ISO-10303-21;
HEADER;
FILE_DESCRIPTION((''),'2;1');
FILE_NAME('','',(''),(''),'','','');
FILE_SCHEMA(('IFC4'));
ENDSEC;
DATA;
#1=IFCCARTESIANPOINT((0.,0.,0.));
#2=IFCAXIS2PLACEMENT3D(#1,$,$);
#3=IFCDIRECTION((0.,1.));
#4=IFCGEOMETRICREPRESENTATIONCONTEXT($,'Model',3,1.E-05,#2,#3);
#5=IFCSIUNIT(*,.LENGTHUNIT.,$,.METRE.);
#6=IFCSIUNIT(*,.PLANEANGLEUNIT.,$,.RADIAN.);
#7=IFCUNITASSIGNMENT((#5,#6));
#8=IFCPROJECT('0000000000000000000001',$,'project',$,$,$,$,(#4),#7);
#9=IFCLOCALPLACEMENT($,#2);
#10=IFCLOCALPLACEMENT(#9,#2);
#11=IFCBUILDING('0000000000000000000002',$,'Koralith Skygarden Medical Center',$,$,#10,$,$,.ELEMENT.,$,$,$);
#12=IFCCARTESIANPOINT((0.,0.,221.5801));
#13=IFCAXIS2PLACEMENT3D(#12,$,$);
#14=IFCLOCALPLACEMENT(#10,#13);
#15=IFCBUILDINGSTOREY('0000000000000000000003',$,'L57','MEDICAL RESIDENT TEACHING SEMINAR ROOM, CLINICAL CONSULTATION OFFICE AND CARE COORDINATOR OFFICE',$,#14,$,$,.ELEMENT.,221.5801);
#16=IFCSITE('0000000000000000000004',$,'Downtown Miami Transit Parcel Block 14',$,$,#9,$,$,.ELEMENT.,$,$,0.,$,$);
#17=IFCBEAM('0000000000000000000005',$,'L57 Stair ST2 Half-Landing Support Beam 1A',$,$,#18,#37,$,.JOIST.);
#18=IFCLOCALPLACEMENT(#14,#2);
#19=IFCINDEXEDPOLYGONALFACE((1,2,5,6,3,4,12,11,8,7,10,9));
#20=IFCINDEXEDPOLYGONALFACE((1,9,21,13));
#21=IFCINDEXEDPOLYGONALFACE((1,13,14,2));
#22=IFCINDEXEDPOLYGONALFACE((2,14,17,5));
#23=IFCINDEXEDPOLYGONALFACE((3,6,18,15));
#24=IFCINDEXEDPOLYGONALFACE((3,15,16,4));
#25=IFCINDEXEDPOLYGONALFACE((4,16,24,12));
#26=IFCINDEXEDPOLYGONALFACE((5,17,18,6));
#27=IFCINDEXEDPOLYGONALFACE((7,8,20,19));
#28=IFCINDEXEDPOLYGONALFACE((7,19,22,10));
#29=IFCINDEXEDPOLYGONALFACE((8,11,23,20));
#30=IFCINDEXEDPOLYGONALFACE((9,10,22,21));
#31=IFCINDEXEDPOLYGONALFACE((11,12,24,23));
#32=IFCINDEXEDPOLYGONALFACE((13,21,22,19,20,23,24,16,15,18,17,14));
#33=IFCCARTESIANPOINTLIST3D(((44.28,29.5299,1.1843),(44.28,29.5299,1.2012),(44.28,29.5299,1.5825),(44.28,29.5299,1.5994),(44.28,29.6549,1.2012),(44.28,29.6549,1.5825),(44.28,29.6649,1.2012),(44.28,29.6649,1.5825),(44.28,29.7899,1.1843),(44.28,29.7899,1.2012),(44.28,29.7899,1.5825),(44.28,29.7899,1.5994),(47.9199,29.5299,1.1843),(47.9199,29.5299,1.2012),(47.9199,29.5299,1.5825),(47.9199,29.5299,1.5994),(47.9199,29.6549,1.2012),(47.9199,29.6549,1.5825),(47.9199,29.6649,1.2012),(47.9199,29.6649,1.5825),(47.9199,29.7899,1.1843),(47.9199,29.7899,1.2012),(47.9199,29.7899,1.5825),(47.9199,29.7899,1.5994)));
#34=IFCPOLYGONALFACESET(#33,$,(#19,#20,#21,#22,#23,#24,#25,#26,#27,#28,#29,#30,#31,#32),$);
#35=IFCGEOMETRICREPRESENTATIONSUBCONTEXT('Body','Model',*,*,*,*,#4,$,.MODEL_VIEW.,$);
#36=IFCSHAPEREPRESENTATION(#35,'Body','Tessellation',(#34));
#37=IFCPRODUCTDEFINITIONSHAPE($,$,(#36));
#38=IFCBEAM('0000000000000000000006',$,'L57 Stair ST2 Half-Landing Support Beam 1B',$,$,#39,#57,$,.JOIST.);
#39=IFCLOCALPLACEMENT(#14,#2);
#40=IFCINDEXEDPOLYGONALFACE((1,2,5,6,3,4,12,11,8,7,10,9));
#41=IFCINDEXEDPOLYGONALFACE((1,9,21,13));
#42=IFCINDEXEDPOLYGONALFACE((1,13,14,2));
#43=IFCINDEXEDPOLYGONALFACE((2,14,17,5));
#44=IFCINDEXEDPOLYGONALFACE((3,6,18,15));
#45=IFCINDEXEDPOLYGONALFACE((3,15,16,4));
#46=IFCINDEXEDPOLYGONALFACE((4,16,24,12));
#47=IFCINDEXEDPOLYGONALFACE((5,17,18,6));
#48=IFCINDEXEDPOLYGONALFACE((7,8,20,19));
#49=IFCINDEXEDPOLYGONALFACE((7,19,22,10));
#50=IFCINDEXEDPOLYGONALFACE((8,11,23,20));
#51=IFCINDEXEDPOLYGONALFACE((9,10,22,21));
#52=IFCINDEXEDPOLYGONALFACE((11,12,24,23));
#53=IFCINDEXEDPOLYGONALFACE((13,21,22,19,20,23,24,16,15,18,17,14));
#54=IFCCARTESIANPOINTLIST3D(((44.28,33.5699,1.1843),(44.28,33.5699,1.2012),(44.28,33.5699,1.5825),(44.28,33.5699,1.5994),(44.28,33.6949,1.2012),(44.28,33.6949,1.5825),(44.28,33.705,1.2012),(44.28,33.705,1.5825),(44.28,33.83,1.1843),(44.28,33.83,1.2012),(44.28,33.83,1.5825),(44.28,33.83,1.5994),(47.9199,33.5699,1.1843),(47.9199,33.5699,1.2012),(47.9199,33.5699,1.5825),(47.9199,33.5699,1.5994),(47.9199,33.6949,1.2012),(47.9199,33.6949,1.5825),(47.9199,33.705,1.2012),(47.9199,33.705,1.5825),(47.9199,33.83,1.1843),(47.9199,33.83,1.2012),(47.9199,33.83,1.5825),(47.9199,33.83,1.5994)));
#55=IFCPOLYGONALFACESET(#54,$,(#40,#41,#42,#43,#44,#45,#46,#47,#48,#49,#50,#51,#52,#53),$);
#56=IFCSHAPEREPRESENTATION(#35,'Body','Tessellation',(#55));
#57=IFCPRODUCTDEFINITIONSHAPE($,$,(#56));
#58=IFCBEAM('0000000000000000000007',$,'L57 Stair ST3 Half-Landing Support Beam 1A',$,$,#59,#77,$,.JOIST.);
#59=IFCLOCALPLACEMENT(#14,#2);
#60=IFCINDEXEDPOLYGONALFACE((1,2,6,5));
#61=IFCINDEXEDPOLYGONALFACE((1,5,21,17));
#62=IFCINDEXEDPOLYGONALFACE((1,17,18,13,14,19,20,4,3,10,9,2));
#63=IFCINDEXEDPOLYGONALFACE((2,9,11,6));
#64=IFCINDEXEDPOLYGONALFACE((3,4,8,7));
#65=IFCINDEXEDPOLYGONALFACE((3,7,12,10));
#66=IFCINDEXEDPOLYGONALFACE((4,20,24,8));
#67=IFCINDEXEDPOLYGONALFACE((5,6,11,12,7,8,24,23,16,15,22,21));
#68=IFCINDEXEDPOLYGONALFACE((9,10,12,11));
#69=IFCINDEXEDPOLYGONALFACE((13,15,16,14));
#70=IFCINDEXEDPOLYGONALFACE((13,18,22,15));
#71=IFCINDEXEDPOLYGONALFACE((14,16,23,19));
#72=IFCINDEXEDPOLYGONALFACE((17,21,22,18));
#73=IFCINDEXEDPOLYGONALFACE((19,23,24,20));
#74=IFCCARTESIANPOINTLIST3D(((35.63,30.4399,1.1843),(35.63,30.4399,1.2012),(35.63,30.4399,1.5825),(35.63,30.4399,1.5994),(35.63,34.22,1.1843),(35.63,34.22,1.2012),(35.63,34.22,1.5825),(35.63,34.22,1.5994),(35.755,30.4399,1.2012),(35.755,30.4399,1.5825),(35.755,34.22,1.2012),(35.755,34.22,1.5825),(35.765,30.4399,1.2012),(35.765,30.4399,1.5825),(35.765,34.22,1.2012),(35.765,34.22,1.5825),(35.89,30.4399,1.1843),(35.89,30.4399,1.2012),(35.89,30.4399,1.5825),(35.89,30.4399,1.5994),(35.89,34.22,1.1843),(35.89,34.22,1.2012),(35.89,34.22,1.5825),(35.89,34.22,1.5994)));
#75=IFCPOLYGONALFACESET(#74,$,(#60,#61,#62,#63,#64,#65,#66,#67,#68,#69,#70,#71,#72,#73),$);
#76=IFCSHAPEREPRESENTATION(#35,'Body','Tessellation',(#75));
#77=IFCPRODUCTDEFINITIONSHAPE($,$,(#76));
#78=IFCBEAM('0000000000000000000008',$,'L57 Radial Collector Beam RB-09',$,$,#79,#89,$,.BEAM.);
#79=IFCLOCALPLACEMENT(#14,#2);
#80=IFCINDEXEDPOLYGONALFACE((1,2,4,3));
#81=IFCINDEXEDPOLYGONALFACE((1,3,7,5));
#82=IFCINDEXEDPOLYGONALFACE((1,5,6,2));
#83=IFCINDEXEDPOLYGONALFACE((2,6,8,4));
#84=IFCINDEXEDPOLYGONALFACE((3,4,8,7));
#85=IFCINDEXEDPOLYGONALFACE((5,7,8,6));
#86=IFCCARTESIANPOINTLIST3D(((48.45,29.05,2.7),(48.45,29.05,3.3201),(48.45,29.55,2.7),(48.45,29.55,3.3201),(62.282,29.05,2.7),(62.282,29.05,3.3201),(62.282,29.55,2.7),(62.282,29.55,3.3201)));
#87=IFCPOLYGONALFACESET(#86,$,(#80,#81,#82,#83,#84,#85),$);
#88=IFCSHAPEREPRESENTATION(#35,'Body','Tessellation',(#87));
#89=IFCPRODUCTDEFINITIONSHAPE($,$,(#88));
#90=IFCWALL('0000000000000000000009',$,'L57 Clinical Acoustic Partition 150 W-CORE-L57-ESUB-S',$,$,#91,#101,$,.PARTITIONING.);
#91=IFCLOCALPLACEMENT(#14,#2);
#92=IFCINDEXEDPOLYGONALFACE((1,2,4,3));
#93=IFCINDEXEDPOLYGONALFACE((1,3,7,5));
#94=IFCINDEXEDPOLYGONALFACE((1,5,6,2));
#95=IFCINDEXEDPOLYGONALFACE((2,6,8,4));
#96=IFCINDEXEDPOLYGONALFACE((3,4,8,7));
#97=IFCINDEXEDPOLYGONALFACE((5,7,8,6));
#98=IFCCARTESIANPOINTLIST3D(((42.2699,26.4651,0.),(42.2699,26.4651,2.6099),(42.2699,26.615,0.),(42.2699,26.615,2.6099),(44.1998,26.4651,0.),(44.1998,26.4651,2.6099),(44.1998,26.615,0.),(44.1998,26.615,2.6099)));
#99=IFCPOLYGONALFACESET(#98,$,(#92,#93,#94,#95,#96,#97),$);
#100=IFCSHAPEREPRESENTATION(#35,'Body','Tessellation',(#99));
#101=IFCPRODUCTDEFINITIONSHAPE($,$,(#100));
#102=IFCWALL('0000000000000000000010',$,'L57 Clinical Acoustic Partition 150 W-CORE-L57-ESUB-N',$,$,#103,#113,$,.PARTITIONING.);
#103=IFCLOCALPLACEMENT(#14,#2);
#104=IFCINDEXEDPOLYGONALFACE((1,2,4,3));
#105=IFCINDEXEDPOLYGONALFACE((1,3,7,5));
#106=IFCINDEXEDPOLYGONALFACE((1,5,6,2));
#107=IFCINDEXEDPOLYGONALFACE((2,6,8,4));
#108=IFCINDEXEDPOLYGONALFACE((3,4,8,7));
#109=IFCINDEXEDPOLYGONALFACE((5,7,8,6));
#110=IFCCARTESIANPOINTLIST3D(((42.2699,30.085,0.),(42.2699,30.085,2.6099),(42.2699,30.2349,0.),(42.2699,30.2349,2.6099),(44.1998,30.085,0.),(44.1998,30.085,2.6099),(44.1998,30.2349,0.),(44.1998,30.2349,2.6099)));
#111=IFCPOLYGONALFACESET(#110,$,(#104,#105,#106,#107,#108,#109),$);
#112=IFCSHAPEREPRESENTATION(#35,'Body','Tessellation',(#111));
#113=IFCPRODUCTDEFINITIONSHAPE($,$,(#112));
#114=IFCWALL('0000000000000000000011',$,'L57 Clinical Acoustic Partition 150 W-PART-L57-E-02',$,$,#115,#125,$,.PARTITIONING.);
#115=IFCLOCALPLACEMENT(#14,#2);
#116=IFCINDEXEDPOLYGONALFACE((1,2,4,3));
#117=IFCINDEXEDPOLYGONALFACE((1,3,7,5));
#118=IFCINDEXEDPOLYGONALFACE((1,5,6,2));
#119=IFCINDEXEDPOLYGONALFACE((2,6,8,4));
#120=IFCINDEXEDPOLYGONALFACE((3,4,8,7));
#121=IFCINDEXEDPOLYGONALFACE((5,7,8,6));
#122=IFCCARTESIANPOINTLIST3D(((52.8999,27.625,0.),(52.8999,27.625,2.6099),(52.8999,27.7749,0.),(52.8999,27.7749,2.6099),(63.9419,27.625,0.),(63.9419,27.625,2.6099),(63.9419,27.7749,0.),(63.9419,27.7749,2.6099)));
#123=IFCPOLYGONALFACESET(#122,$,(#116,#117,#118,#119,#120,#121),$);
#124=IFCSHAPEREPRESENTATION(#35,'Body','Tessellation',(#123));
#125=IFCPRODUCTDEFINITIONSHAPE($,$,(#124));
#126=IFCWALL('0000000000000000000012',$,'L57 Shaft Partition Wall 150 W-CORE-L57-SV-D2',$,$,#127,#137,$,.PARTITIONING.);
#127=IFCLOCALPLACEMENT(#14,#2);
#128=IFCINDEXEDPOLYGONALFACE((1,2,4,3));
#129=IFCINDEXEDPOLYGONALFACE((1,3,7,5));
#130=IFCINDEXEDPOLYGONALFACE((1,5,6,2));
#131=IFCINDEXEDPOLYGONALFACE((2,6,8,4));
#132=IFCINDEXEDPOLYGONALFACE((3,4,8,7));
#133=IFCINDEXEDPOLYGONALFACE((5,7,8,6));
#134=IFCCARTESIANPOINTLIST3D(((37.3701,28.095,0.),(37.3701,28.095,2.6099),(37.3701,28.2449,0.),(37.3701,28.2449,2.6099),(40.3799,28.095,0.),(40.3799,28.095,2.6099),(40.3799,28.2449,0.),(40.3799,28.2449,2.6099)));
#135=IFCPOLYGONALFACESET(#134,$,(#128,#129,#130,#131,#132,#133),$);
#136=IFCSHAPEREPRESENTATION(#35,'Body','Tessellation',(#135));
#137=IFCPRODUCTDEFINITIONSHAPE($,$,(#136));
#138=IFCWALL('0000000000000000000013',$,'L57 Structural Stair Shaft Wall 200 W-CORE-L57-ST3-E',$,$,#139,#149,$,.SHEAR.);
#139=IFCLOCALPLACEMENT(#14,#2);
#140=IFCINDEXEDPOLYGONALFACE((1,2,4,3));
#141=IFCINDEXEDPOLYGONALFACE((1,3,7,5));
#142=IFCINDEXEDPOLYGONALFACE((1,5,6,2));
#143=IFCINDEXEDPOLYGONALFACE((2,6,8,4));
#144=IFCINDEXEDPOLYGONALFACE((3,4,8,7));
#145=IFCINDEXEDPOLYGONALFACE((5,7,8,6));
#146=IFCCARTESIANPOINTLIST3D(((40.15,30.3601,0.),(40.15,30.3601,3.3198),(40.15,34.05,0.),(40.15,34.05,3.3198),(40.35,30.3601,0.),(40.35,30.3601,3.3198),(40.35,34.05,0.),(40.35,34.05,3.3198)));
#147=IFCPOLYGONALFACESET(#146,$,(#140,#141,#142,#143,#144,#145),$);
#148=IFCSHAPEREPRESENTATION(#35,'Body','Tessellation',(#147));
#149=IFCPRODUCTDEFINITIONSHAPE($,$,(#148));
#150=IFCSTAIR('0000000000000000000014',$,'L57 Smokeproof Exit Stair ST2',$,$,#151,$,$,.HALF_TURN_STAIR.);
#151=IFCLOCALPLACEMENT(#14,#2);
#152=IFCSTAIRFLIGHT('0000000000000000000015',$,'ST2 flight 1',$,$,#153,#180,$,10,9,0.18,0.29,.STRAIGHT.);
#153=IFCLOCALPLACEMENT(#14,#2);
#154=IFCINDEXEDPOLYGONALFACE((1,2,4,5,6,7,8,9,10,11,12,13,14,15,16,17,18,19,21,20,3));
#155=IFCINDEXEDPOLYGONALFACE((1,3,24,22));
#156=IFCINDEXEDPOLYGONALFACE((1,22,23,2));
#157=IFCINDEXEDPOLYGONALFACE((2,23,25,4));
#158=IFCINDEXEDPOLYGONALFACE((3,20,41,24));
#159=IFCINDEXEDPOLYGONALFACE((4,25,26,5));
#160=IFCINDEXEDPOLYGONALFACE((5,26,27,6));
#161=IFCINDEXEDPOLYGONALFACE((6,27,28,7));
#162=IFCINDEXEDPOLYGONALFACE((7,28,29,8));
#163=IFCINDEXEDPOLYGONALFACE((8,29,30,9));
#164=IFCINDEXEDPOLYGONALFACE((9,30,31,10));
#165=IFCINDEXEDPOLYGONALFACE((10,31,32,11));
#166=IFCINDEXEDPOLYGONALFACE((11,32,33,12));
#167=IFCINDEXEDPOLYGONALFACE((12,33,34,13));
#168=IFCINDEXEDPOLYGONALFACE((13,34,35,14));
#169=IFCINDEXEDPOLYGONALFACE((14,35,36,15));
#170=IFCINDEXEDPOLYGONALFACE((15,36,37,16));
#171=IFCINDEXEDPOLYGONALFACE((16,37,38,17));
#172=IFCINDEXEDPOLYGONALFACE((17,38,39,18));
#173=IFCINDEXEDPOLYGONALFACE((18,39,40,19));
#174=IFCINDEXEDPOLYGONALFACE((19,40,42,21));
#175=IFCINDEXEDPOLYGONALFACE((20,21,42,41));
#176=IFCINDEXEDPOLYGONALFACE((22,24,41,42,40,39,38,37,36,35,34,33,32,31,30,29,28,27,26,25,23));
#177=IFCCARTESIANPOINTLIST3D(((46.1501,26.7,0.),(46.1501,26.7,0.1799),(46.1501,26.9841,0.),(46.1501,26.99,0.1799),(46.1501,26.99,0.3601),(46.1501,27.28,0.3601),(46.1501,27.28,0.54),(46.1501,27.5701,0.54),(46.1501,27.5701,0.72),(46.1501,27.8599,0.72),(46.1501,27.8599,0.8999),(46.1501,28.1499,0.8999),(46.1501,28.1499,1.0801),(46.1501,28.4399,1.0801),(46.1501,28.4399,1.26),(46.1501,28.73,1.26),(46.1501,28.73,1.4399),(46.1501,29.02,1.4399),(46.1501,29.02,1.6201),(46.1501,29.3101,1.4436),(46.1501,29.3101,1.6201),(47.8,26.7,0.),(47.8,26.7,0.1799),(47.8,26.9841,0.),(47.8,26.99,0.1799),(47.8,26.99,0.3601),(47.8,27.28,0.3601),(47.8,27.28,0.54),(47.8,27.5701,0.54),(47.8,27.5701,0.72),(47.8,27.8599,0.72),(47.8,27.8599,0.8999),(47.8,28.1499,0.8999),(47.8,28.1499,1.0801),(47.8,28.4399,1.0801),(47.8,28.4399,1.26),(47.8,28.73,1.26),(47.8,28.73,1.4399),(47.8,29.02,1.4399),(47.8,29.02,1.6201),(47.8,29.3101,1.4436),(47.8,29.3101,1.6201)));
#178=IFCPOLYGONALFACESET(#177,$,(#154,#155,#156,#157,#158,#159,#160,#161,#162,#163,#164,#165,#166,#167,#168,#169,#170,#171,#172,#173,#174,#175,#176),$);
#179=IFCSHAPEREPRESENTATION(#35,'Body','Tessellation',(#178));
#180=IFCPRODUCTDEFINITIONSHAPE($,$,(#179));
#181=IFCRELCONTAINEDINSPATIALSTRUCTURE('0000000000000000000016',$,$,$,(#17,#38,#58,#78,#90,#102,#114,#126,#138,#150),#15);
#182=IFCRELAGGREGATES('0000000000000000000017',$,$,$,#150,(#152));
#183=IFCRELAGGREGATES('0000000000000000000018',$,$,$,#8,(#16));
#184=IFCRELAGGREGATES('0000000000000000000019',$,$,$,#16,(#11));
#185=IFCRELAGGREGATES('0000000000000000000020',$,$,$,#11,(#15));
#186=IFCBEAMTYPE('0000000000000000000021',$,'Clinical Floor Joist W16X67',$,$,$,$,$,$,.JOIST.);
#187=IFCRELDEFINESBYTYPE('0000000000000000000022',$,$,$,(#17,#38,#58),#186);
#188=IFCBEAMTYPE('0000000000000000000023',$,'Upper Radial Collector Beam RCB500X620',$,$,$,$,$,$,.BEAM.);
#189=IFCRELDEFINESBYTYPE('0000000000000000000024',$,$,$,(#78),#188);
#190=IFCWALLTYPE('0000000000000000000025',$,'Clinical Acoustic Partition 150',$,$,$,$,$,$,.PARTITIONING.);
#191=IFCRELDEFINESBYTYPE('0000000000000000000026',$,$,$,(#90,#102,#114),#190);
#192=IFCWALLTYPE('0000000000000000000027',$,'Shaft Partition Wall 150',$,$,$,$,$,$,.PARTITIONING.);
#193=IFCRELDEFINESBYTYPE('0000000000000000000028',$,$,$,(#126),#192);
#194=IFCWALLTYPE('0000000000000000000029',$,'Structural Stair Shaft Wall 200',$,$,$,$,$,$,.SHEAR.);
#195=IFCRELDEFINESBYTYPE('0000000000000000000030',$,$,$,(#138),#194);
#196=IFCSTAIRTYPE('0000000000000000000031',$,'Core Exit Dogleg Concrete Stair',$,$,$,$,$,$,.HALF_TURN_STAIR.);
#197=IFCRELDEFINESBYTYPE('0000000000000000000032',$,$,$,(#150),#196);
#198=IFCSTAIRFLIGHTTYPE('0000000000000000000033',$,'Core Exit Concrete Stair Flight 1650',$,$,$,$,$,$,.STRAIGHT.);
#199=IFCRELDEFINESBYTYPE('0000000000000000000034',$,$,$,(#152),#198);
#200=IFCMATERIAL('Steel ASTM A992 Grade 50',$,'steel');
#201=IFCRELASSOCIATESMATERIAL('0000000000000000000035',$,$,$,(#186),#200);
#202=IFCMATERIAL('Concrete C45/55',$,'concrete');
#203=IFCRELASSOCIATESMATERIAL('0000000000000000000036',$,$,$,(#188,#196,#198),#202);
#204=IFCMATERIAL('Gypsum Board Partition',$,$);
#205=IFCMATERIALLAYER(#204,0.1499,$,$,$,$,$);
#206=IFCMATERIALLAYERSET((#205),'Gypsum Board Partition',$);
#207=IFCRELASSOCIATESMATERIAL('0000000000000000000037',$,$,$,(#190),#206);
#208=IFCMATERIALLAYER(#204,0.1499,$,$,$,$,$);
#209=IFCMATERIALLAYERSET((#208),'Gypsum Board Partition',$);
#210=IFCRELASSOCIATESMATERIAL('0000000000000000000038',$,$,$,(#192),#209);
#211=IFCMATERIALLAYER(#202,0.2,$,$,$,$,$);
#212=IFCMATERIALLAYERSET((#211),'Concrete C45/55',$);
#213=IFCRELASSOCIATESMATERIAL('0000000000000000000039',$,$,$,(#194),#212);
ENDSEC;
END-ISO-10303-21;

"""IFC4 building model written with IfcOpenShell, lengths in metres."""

from ifc_helpers import new_model, si_unit, direction, frame, frame_2d, origin, origin_2d, place, context, subcontext, project, spatial, polyline, rectangle, i_section, outline, extrude, material, layer, layer_set, material_profile, profile_set, type_object, element, aggregate, save


model = new_model("IFC4")

# Units and contexts
model_context = context("Model", 3, precision=1e-05, world=origin(), true_north=direction((0.0, 1.0)))
body_context = subcontext(model_context, "Body", "Model", "MODEL_VIEW")
ifc_project = project(units=[si_unit("LENGTHUNIT", "METRE"), si_unit("PLANEANGLEUNIT", "RADIAN")], contexts=[model_context])

# Site, building, storey
site_placement = place(None, origin())
site = spatial("IfcSite", under=ifc_project, at=site_placement, Name="Downtown Miami Transit Parcel Block 14", CompositionType="ELEMENT", RefElevation=0.0)
building_placement = place(site_placement, origin())
building = spatial("IfcBuilding", under=site, at=building_placement, Name="Koralith Skygarden Medical Center", CompositionType="ELEMENT")
storey_placement = place(building_placement, frame((0.0, 0.0, 221.5801)))
storey = spatial("IfcBuildingStorey", under=building, at=storey_placement, Name="L57", Description="MEDICAL RESIDENT TEACHING SEMINAR ROOM, CLINICAL CONSULTATION OFFICE AND CARE COORDINATOR OFFICE", CompositionType="ELEMENT", Elevation=221.5801)

# Beams
ifc_material_1 = material(Name="Steel ASTM A992 Grade 50", Category="steel")
ifc_material_profile_1 = material_profile(ifc_material_1, i_section(OverallWidth=0.26, OverallDepth=0.415, WebThickness=0.01, FlangeThickness=0.0168, at=origin_2d()), Name="W16X67")
ifc_profile_set_1 = profile_set([ifc_material_profile_1], Name="Steel ASTM A992 Grade 50")
beam_type_1 = type_object("IfcBeamType", Name="Clinical Floor Joist W16X67", PredefinedType="JOIST", material=ifc_profile_set_1)
for number, where, z_axis, x_axis, name in (
    (1, (44.28, 29.6599, 1.3918), (1.0, 0.0, 0.0), (0.0, 1.0, 0.0), "L57 Stair ST2 Half-Landing Support Beam 1A"),
    (2, (44.28, 33.7, 1.3918), (1.0, 0.0, 0.0), (0.0, 1.0, 0.0), "L57 Stair ST2 Half-Landing Support Beam 1B"),
):
    element("IfcBeam", number, at=place(storey_placement, frame(where, z_axis=z_axis, x_axis=x_axis)), inside=storey, type_object=beam_type_1, Name=name, PredefinedType="JOIST", context=body_context, shape_type="SweptSolid", body=[
        extrude(i_section(OverallWidth=0.26, OverallDepth=0.415, WebThickness=0.01, FlangeThickness=0.0168, at=origin_2d()), origin(), (0.0, 0.0, 1.0), 3.6399),
    ])
beam_1_placement = place(storey_placement, frame((35.76, 30.4399, 1.3918), z_axis=(0.0, 1.0, 0.0), x_axis=(-1.0, 0.0, 0.0)))
element("IfcBeam", 3, at=beam_1_placement, inside=storey, type_object=beam_type_1, Name="L57 Stair ST3 Half-Landing Support Beam 1A", PredefinedType="JOIST", context=body_context, shape_type="SweptSolid", body=[
    extrude(i_section(OverallWidth=0.26, OverallDepth=0.415, WebThickness=0.01, FlangeThickness=0.0168, at=origin_2d()), origin(), (0.0, 0.0, 1.0), 3.78),
])
ifc_material_2 = material(Name="Concrete C45/55", Category="concrete")
ifc_material_profile_2 = material_profile(ifc_material_2, rectangle(XDim=0.5, YDim=0.6201, at=origin_2d()), Name="RCB500X620")
ifc_profile_set_2 = profile_set([ifc_material_profile_2], Name="Concrete C45/55")
beam_type_2 = type_object("IfcBeamType", Name="Upper Radial Collector Beam RCB500X620", PredefinedType="BEAM", material=ifc_profile_set_2)
beam_2_placement = place(storey_placement, frame((48.45, 29.3, 3.01), z_axis=(1.0, 0.0, 0.0), x_axis=(0.0, 1.0, 0.0)))
element("IfcBeam", 4, at=beam_2_placement, inside=storey, type_object=beam_type_2, Name="L57 Radial Collector Beam RB-09", PredefinedType="BEAM", context=body_context, shape_type="SweptSolid", body=[
    extrude(rectangle(XDim=0.5, YDim=0.6201, at=origin_2d()), origin(), (0.0, 0.0, 1.0), 13.832),
])

# Walls
ifc_material_3 = material(Name="Gypsum Board Partition")
ifc_layer_1 = layer(ifc_material_3, 0.1499)
ifc_layer_set_1 = layer_set([ifc_layer_1], Name="Gypsum Board Partition")
wall_type_1 = type_object("IfcWallType", Name="Clinical Acoustic Partition 150", PredefinedType="PARTITIONING", material=ifc_layer_set_1)
for number, where, z_axis, x_axis, name in (
    (5, (42.27, 26.54, 0.0), (0.0, 0.0, 1.0), (1.0, 0.0, 0.0), "L57 Clinical Acoustic Partition 150 W-CORE-L57-ESUB-S"),
    (6, (42.27, 30.1599, 0.0), (0.0, 0.0, 1.0), (1.0, 0.0, 0.0), "L57 Clinical Acoustic Partition 150 W-CORE-L57-ESUB-N"),
):
    element("IfcWall", number, at=place(storey_placement, frame(where, z_axis=z_axis, x_axis=x_axis)), inside=storey, type_object=wall_type_1, Name=name, PredefinedType="PARTITIONING", context=body_context, shape_type="SweptSolid", body=[
        extrude(rectangle(XDim=1.9299, YDim=0.1499, at=frame_2d((0.9648, 0.0))), origin(), (0.0, 0.0, 1.0), 2.6099),
    ])
wall_1_placement = place(storey_placement, frame((52.8999, 27.7, 0.0), z_axis=(0.0, 0.0, 1.0), x_axis=(1.0, 0.0, 0.0)))
element("IfcWall", 7, at=wall_1_placement, inside=storey, type_object=wall_type_1, Name="L57 Clinical Acoustic Partition 150 W-PART-L57-E-02", PredefinedType="PARTITIONING", context=body_context, shape_type="SweptSolid", body=[
    extrude(rectangle(XDim=11.042, YDim=0.1499, at=frame_2d((5.521, 0.0))), origin(), (0.0, 0.0, 1.0), 2.6099),
])
ifc_layer_2 = layer(ifc_material_3, 0.1499)
ifc_layer_set_2 = layer_set([ifc_layer_2], Name="Gypsum Board Partition")
wall_type_2 = type_object("IfcWallType", Name="Shaft Partition Wall 150", PredefinedType="PARTITIONING", material=ifc_layer_set_2)
wall_2_placement = place(storey_placement, frame((37.3701, 28.1699, 0.0), z_axis=(0.0, 0.0, 1.0), x_axis=(1.0, 0.0, 0.0)))
element("IfcWall", 8, at=wall_2_placement, inside=storey, type_object=wall_type_2, Name="L57 Shaft Partition Wall 150 W-CORE-L57-SV-D2", PredefinedType="PARTITIONING", context=body_context, shape_type="SweptSolid", body=[
    extrude(rectangle(XDim=3.0098, YDim=0.1499, at=frame_2d((1.5049, 0.0))), origin(), (0.0, 0.0, 1.0), 2.6099),
])
ifc_layer_3 = layer(ifc_material_2, 0.2)
ifc_layer_set_3 = layer_set([ifc_layer_3], Name="Concrete C45/55")
wall_type_3 = type_object("IfcWallType", Name="Structural Stair Shaft Wall 200", PredefinedType="SHEAR", material=ifc_layer_set_3)
wall_3_placement = place(storey_placement, frame((40.25, 30.3601, 0.0), z_axis=(0.0, 0.0, 1.0), x_axis=(0.0, 1.0, 0.0)))
element("IfcWall", 9, at=wall_3_placement, inside=storey, type_object=wall_type_3, Name="L57 Structural Stair Shaft Wall 200 W-CORE-L57-ST3-E", PredefinedType="SHEAR", context=body_context, shape_type="SweptSolid", body=[
    extrude(rectangle(XDim=3.6899, YDim=0.2, at=frame_2d((1.845, 0.0))), origin(), (0.0, 0.0, 1.0), 3.3198),
])

# Stair, stair flight
stair_type = type_object("IfcStairType", Name="Core Exit Dogleg Concrete Stair", PredefinedType="HALF_TURN_STAIR", material=ifc_material_2)
stair_placement = place(storey_placement, origin())
stair = element("IfcStair", 10, at=stair_placement, inside=storey, type_object=stair_type, Name="L57 Smokeproof Exit Stair ST2", PredefinedType="HALF_TURN_STAIR")
stair_flight_type = type_object("IfcStairFlightType", Name="Core Exit Concrete Stair Flight 1650", PredefinedType="STRAIGHT", material=ifc_material_2)
stair_flight_1_placement = place(storey_placement, frame((46.9751, 26.7, 0.0), z_axis=(0.0, 0.0, 1.0), x_axis=(0.0, 1.0, 0.0)))
stair_flight_1 = element("IfcStairFlight", 11, at=stair_flight_1_placement, type_object=stair_flight_type, Name="ST2 flight 1", NumberOfRisers=10, NumberOfTreads=9, PredefinedType="STRAIGHT", RiserHeight=0.18, TreadLength=0.29, context=body_context, shape_type="SweptSolid", body=[
    extrude(outline(polyline([(0.0, 0.0), (0.0, 0.1799), (0.29, 0.1799), (0.29, 0.3601), (0.5801, 0.3601), (0.5801, 0.54), (0.8701, 0.54), (0.8701, 0.72), (1.1599, 0.72), (1.1599, 0.8999), (1.45, 0.8999), (1.45, 1.0801), (1.74, 1.0801), (1.74, 1.26), (2.03, 1.26), (2.03, 1.4399), (2.3201, 1.4399), (2.3201, 1.6201), (2.6101, 1.6201), (2.6101, 1.8), (2.6101, 1.4436), (0.2842, 0.0), (0.0, 0.0)])), frame((0.0, 0.825, 0.0), z_axis=(0.0, -1.0, 0.0), x_axis=(1.0, 0.0, 0.0)), (0.0, 0.0, 1.0), 1.6499),
])
aggregate(stair, [stair_flight_1])

save(model, "model.ifc")
